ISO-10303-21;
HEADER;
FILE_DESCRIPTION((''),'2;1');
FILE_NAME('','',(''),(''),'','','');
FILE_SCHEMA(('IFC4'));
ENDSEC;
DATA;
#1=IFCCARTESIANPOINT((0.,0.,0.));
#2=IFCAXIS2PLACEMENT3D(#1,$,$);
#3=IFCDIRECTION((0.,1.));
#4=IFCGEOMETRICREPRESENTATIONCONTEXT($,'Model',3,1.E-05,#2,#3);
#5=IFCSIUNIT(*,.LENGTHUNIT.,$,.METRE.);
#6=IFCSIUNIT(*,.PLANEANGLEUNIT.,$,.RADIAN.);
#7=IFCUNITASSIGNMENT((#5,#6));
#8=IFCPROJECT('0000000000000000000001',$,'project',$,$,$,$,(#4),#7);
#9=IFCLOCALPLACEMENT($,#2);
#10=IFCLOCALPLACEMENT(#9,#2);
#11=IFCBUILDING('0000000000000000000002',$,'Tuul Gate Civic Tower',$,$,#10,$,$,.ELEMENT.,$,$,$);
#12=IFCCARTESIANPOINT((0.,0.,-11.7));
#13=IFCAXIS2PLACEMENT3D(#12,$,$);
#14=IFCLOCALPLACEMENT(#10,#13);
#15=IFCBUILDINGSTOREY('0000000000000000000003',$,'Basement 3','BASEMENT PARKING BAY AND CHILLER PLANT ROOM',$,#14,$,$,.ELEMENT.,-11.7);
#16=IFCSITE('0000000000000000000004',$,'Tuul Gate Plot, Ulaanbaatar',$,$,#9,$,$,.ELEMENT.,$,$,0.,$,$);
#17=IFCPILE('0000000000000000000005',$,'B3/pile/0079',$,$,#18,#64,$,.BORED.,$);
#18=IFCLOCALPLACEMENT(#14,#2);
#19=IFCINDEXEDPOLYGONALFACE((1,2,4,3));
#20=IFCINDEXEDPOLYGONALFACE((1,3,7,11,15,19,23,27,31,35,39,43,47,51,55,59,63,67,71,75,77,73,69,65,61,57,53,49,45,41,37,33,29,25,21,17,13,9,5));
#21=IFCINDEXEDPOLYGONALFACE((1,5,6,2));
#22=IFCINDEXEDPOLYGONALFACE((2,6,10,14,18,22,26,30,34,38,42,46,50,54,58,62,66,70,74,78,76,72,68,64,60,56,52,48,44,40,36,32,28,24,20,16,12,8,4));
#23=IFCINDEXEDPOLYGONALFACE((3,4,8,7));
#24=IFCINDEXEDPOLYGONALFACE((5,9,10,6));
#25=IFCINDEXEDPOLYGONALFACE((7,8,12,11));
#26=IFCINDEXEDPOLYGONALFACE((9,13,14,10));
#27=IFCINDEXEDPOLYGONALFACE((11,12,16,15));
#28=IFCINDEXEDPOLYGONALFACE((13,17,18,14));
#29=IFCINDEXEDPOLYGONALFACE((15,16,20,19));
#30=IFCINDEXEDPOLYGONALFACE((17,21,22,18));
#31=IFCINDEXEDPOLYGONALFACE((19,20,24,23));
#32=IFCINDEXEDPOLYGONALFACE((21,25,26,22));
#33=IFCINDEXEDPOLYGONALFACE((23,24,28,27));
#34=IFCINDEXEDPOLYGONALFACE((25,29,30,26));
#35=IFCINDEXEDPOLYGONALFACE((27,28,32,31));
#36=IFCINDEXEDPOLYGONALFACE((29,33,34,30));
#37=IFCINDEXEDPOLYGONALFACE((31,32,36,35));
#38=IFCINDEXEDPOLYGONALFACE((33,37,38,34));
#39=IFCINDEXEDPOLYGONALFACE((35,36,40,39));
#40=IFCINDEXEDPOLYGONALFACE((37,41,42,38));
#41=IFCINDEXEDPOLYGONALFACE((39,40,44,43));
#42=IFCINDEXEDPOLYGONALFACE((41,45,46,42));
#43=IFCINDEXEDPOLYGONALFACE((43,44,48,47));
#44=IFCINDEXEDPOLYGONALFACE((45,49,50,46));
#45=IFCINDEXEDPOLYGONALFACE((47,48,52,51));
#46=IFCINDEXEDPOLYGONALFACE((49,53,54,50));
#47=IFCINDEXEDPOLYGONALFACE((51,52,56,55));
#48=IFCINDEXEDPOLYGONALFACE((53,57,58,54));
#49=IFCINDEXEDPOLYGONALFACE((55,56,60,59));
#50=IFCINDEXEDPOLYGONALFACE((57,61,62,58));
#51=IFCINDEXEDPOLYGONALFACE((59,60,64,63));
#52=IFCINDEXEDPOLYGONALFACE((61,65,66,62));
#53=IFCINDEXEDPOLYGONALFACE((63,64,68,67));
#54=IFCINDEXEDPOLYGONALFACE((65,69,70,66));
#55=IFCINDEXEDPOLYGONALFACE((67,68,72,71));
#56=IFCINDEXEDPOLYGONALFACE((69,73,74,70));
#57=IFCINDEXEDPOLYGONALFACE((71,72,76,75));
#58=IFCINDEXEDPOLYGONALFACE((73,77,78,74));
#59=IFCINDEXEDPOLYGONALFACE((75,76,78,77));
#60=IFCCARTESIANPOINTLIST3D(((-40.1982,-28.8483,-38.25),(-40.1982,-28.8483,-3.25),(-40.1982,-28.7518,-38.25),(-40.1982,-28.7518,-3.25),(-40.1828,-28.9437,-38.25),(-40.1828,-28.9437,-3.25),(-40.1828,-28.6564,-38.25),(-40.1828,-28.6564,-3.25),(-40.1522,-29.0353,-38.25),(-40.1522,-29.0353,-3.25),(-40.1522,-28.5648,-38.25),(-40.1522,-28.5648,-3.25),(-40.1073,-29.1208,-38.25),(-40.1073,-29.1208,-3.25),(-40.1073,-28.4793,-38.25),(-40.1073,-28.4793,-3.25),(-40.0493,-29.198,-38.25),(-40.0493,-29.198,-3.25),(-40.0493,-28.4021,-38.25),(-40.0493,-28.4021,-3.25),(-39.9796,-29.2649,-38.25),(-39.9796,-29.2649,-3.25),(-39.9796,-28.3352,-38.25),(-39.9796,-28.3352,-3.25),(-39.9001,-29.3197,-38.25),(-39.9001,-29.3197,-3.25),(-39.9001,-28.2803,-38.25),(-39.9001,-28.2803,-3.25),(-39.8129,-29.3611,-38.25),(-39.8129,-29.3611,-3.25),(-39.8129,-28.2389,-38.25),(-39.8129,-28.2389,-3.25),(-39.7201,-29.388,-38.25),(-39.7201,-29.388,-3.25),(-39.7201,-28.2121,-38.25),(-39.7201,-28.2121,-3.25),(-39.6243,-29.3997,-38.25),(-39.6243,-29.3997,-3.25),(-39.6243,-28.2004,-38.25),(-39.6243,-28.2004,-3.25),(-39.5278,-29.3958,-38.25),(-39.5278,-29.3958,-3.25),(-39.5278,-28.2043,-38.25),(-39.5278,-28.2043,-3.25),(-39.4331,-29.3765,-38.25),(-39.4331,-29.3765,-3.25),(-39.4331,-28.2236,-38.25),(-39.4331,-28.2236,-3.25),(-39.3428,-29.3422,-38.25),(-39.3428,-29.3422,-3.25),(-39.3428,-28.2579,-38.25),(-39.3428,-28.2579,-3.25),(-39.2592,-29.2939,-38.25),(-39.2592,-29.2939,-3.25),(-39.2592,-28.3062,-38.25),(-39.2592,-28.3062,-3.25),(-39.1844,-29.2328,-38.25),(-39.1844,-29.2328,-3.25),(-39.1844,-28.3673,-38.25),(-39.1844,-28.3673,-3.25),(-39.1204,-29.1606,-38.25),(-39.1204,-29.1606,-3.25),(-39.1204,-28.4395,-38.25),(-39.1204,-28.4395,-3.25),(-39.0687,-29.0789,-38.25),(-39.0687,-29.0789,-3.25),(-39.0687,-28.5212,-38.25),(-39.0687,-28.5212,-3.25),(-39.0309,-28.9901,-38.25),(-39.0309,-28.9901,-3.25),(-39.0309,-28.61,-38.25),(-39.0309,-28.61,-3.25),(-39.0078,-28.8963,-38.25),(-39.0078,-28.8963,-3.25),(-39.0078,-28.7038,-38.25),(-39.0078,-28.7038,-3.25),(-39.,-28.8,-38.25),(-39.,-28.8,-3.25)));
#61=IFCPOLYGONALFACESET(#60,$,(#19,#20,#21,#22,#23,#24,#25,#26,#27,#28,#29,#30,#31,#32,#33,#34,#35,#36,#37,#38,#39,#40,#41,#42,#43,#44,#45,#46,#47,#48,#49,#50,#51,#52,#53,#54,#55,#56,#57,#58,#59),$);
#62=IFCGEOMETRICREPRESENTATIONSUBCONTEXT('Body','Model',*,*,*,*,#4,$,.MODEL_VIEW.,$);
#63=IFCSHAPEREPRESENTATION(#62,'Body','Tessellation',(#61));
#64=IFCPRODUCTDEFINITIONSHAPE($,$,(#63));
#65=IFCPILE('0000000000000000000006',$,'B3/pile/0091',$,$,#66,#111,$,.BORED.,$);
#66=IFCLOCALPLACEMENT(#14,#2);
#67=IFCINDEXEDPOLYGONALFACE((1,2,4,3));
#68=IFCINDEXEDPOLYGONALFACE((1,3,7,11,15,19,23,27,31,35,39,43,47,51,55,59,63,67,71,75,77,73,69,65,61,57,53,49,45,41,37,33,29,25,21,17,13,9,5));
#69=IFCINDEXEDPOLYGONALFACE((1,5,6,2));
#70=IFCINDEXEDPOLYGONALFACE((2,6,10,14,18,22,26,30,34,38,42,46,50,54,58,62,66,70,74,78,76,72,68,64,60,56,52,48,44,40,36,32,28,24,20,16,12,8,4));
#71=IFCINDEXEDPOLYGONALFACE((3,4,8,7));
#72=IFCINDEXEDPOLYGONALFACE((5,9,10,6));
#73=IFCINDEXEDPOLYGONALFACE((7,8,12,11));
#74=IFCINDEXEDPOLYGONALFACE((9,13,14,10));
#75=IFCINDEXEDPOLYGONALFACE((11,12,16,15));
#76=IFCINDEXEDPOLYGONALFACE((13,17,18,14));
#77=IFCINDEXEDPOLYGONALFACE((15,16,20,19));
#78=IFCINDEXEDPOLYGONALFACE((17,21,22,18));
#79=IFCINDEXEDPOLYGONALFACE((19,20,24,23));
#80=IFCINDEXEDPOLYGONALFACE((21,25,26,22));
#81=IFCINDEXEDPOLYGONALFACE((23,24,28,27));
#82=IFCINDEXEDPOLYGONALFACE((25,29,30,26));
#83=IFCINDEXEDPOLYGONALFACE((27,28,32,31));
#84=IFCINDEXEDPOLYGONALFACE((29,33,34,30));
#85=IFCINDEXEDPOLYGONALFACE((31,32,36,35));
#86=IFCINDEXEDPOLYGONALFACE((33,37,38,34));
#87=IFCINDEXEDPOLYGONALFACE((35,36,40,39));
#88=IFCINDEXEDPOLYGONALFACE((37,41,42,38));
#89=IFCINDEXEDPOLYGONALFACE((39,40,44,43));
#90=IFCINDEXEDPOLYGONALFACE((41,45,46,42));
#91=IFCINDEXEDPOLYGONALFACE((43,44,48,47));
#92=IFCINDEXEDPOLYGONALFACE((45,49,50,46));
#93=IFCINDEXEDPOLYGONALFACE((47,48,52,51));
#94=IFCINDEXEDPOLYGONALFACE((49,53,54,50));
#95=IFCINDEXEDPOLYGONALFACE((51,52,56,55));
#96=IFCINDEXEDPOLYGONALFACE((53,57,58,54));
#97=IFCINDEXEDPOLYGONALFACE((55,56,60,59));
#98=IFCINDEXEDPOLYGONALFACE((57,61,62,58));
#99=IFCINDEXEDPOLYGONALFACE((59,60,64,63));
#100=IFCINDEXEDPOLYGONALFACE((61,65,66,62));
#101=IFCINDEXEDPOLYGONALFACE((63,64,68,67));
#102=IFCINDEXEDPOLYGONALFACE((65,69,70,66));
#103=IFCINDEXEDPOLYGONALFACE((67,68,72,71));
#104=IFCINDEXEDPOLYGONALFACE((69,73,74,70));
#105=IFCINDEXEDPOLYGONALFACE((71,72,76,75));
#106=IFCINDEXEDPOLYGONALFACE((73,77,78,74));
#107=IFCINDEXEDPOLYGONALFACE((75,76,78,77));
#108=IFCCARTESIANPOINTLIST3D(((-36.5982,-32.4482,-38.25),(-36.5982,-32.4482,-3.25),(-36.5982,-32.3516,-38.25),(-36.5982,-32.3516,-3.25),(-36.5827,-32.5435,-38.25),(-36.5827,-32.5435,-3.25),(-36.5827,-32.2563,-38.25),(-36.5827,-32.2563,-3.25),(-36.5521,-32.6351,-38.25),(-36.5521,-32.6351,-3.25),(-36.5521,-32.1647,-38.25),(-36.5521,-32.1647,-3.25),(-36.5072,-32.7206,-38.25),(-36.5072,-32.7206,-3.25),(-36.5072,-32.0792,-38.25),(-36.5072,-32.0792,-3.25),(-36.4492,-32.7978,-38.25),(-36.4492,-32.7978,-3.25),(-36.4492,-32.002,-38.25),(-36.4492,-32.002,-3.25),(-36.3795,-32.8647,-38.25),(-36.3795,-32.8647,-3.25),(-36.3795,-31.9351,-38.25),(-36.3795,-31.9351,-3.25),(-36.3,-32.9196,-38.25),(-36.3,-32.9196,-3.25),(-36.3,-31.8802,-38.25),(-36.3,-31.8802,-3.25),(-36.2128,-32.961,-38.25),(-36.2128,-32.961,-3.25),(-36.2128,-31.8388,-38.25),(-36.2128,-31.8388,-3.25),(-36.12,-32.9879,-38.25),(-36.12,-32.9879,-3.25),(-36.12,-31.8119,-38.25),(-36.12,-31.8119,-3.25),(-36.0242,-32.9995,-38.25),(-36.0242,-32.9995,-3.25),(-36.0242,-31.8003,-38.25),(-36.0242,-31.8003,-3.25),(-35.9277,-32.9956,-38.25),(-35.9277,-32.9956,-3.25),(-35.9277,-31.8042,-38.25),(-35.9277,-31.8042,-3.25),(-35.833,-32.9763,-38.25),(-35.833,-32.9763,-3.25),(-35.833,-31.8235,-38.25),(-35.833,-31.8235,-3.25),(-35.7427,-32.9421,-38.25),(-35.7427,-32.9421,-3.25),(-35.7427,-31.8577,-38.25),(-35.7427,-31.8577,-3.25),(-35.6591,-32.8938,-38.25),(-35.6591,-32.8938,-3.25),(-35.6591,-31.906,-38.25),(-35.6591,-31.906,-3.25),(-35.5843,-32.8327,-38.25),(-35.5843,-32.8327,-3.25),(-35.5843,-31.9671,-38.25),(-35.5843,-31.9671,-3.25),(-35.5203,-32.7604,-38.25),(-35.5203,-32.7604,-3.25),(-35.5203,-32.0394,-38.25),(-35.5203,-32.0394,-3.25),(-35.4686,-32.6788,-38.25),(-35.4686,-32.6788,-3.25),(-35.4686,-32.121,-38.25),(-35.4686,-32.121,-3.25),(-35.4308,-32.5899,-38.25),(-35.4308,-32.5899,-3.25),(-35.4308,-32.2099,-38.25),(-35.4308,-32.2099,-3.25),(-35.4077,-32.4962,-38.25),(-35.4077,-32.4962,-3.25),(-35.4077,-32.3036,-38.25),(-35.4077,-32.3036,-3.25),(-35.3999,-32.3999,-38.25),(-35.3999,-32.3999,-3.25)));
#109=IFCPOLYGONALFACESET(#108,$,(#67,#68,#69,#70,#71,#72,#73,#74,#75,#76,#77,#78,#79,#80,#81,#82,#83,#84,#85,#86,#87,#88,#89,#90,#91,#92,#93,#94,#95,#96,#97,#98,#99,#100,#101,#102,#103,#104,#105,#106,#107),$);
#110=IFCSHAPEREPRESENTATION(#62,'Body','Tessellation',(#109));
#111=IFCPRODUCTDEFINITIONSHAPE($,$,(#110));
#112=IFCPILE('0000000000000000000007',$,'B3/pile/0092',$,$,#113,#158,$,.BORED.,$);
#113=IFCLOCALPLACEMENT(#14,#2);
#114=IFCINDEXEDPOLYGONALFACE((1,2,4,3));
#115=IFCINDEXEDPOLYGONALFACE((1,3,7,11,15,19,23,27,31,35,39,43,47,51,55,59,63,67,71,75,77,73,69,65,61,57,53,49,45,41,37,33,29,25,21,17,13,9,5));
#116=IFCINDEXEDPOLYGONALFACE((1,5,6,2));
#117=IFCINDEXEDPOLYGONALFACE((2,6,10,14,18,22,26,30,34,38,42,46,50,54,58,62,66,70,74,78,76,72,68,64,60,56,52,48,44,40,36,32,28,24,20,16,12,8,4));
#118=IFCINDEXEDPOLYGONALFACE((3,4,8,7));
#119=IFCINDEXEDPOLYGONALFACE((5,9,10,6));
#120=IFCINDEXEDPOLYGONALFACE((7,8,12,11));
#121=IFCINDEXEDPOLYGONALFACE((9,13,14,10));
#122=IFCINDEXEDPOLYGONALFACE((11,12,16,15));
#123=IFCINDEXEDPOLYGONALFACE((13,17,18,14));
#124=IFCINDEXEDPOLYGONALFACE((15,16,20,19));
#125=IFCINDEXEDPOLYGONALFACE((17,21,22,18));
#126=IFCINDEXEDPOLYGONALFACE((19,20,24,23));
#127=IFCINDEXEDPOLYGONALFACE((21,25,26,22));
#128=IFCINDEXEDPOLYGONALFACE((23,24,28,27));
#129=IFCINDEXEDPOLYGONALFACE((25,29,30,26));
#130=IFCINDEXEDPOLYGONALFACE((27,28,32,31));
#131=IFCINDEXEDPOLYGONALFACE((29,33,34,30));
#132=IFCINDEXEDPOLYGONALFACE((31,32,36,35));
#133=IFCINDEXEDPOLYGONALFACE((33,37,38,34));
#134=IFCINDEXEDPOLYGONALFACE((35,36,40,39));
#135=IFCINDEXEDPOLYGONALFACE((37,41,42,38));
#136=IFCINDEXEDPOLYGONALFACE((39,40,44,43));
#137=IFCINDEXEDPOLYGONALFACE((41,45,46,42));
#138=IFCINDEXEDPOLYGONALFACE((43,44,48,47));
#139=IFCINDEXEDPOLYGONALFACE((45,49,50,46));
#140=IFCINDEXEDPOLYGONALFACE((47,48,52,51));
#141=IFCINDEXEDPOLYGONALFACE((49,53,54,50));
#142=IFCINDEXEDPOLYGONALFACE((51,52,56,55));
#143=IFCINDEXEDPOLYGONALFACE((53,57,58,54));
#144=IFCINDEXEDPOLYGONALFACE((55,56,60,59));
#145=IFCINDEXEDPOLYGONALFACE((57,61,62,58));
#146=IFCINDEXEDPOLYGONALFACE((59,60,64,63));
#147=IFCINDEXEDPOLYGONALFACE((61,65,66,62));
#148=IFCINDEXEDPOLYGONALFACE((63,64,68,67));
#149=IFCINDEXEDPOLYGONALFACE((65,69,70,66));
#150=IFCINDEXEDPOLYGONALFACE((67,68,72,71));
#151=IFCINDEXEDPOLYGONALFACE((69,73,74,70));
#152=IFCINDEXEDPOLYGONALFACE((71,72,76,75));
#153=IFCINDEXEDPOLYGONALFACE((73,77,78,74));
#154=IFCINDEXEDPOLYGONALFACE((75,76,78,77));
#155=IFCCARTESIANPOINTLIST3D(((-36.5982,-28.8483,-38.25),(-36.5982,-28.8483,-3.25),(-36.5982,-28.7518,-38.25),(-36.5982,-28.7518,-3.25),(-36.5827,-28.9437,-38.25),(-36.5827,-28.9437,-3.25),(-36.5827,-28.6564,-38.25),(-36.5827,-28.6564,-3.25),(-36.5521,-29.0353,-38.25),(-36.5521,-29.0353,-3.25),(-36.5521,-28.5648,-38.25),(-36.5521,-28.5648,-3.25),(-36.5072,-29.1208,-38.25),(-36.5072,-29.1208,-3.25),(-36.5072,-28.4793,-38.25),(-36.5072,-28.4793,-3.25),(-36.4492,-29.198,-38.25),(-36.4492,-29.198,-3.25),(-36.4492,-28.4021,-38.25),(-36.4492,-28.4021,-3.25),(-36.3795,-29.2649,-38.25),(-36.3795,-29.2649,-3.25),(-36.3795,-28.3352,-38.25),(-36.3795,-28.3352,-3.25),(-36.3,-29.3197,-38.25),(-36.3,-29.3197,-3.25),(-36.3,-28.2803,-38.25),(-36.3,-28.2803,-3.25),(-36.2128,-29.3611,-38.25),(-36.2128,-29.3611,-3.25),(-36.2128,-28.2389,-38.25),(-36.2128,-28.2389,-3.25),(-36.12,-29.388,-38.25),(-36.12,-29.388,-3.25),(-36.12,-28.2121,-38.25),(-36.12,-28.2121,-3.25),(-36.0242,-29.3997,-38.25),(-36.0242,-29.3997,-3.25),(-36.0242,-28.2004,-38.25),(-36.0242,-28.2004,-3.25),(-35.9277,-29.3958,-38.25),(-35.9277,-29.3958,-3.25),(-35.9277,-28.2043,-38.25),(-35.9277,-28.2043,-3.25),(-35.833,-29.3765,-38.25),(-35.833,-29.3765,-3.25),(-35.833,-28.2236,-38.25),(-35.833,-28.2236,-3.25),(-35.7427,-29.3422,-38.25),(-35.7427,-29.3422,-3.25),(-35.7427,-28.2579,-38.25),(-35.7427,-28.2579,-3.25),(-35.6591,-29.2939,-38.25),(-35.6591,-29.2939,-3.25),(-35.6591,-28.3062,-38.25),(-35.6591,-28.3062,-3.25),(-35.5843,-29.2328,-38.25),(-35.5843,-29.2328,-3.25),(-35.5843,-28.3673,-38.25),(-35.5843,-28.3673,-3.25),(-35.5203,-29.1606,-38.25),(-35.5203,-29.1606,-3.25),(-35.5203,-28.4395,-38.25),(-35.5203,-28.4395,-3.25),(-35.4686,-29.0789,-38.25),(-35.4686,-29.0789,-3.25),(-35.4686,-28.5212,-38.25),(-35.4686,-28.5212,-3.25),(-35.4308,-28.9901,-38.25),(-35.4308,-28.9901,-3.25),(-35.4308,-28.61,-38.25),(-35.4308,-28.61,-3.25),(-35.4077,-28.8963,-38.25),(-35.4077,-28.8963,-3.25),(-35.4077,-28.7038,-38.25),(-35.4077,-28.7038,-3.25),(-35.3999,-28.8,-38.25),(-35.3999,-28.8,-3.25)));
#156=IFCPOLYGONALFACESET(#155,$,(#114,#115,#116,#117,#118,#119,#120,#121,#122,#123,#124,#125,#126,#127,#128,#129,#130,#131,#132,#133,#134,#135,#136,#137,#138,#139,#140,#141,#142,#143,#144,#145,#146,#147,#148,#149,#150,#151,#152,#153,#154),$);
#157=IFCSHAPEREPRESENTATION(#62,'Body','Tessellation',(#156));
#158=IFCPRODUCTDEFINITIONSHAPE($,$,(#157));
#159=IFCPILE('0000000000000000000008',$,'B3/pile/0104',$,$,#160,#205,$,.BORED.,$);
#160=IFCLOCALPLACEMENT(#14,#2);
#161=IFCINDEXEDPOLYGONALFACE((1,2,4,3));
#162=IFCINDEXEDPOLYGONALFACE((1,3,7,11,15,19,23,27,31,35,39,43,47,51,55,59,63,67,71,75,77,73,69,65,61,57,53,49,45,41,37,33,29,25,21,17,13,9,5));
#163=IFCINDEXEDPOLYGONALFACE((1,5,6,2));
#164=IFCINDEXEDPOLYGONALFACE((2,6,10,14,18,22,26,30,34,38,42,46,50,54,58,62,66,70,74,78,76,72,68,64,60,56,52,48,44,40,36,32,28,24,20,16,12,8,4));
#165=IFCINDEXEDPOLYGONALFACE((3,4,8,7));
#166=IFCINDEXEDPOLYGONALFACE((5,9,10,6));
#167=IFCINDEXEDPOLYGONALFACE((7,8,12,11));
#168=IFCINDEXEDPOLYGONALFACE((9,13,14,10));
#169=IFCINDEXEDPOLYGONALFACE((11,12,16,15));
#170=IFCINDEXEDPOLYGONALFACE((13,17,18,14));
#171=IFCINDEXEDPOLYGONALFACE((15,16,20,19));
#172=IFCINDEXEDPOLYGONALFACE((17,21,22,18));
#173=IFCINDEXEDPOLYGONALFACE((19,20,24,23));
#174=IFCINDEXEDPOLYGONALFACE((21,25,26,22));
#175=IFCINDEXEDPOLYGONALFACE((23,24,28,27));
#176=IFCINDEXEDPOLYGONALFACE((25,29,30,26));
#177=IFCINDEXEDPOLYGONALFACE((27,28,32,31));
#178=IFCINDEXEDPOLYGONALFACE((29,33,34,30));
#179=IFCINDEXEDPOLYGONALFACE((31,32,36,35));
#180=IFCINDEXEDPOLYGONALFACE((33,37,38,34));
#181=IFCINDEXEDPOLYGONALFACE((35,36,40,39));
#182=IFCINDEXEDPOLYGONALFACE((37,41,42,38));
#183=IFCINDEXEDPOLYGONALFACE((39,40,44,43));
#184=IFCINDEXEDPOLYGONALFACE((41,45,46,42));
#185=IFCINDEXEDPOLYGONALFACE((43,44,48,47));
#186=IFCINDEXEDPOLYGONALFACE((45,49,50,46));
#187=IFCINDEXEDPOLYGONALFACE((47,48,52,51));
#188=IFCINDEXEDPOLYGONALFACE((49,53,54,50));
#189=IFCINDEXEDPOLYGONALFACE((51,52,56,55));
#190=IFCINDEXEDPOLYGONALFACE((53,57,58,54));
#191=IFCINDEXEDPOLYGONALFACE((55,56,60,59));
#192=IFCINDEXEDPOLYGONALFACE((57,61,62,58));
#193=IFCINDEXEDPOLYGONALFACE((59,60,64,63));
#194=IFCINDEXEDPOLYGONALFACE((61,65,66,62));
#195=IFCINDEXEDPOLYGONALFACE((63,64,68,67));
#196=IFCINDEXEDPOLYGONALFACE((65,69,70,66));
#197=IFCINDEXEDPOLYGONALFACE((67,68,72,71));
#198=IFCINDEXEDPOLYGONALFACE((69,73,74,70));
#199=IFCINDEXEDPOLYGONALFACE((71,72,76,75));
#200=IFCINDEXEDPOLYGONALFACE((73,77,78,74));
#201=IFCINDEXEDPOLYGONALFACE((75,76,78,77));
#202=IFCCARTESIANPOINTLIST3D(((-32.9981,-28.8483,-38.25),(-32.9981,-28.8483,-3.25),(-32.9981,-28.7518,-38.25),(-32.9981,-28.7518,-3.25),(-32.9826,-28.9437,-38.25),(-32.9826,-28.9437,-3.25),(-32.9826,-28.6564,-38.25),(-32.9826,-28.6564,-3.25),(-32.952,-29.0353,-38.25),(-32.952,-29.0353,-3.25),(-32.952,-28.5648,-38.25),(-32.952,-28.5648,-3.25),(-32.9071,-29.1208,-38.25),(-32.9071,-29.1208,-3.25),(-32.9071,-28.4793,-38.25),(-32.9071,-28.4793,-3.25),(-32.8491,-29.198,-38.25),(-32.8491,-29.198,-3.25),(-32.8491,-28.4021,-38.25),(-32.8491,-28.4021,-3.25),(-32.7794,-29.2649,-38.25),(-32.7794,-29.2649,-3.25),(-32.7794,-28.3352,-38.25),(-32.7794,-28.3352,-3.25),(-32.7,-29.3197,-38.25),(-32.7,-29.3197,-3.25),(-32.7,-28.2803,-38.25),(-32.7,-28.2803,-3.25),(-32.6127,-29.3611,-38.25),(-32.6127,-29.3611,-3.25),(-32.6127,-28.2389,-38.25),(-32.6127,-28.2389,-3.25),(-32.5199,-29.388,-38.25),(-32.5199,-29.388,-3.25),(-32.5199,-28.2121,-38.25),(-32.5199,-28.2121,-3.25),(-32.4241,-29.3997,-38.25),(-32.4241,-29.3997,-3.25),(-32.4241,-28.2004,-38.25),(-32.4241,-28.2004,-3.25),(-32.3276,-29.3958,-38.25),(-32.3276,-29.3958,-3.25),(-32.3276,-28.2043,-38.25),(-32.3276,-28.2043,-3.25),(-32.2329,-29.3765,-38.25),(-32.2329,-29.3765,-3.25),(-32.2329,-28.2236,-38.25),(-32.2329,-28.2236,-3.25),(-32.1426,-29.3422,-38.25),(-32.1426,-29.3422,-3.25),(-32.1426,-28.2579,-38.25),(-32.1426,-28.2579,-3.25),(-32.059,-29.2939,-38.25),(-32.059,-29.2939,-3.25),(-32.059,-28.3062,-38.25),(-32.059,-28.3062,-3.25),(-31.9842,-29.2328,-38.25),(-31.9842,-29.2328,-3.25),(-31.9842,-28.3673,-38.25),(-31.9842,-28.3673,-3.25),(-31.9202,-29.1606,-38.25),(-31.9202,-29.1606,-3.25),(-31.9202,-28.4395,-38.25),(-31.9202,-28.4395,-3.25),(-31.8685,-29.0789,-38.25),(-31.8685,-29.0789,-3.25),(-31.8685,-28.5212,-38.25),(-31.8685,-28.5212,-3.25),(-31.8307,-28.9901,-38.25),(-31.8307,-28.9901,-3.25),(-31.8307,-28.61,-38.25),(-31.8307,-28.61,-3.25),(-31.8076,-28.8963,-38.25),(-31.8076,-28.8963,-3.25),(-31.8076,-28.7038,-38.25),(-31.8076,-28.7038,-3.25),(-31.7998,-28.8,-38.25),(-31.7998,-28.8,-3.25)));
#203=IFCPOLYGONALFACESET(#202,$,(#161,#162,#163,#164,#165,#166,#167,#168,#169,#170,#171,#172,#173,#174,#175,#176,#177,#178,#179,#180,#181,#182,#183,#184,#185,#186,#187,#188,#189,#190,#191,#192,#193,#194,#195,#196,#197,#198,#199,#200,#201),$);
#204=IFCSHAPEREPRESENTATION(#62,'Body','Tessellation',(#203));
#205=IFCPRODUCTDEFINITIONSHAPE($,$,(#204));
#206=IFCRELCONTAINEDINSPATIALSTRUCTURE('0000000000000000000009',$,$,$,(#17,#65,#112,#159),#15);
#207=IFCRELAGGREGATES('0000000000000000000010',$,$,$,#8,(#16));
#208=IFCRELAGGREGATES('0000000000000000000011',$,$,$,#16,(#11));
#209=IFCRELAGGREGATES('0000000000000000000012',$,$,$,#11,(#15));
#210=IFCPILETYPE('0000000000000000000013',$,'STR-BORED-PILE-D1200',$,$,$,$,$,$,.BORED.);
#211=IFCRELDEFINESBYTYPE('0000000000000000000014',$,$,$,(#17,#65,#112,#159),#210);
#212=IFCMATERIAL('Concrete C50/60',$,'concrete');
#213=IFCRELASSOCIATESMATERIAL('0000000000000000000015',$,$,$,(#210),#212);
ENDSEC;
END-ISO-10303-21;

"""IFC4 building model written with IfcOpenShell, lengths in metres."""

from ifc_helpers import new_model, si_unit, direction, frame, origin, origin_2d, place, context, subcontext, project, spatial, circle, extrude, material, material_profile, profile_set, type_object, element, save


model = new_model("IFC4")

# Units and contexts
model_context = context("Model", 3, precision=1e-05, world=origin(), true_north=direction((0.0, 1.0)))
body_context = subcontext(model_context, "Body", "Model", "MODEL_VIEW")
ifc_project = project(units=[si_unit("LENGTHUNIT", "METRE"), si_unit("PLANEANGLEUNIT", "RADIAN")], contexts=[model_context])

# Site, building, storey
site_placement = place(None, origin())
site = spatial("IfcSite", under=ifc_project, at=site_placement, Name="Tuul Gate Plot, Ulaanbaatar", CompositionType="ELEMENT", RefElevation=0.0)
building_placement = place(site_placement, origin())
building = spatial("IfcBuilding", under=site, at=building_placement, Name="Tuul Gate Civic Tower", CompositionType="ELEMENT")
storey_placement = place(building_placement, frame((0.0, 0.0, -11.7)))
storey = spatial("IfcBuildingStorey", under=building, at=storey_placement, Name="Basement 3", Description="BASEMENT PARKING BAY AND CHILLER PLANT ROOM", CompositionType="ELEMENT", Elevation=-11.7)

# Piles
ifc_material_1 = material(Name="Concrete C50/60", Category="concrete")
ifc_material_profile_1 = material_profile(ifc_material_1, circle(Radius=0.6001, at=origin_2d()), Name="PILE1200")
ifc_profile_set_1 = profile_set([ifc_material_profile_1], Name="Concrete C50/60")
pile_type = type_object("IfcPileType", Name="STR-BORED-PILE-D1200", PredefinedType="BORED", material=ifc_profile_set_1)
for number, where, z_axis, x_axis, name in (
    (1, (-39.6001, -28.8, -3.25), (0.0, 0.0, -1.0), (1.0, 0.0, 0.0), "B3/pile/0079"),
    (2, (-36.0, -32.3999, -3.25), (0.0, 0.0, -1.0), (1.0, 0.0, 0.0), "B3/pile/0091"),
    (3, (-36.0, -28.8, -3.25), (0.0, 0.0, -1.0), (1.0, 0.0, 0.0), "B3/pile/0092"),
    (4, (-32.3999, -28.8, -3.25), (0.0, 0.0, -1.0), (1.0, 0.0, 0.0), "B3/pile/0104"),
):
    element("IfcPile", number, at=place(storey_placement, frame(where, z_axis=z_axis, x_axis=x_axis)), inside=storey, type_object=pile_type, Name=name, PredefinedType="BORED", context=body_context, shape_type="SweptSolid", body=[
        extrude(circle(Radius=0.6001, at=origin_2d()), origin(), (0.0, 0.0, 1.0), 35.0),
    ])

save(model, "model.ifc")
